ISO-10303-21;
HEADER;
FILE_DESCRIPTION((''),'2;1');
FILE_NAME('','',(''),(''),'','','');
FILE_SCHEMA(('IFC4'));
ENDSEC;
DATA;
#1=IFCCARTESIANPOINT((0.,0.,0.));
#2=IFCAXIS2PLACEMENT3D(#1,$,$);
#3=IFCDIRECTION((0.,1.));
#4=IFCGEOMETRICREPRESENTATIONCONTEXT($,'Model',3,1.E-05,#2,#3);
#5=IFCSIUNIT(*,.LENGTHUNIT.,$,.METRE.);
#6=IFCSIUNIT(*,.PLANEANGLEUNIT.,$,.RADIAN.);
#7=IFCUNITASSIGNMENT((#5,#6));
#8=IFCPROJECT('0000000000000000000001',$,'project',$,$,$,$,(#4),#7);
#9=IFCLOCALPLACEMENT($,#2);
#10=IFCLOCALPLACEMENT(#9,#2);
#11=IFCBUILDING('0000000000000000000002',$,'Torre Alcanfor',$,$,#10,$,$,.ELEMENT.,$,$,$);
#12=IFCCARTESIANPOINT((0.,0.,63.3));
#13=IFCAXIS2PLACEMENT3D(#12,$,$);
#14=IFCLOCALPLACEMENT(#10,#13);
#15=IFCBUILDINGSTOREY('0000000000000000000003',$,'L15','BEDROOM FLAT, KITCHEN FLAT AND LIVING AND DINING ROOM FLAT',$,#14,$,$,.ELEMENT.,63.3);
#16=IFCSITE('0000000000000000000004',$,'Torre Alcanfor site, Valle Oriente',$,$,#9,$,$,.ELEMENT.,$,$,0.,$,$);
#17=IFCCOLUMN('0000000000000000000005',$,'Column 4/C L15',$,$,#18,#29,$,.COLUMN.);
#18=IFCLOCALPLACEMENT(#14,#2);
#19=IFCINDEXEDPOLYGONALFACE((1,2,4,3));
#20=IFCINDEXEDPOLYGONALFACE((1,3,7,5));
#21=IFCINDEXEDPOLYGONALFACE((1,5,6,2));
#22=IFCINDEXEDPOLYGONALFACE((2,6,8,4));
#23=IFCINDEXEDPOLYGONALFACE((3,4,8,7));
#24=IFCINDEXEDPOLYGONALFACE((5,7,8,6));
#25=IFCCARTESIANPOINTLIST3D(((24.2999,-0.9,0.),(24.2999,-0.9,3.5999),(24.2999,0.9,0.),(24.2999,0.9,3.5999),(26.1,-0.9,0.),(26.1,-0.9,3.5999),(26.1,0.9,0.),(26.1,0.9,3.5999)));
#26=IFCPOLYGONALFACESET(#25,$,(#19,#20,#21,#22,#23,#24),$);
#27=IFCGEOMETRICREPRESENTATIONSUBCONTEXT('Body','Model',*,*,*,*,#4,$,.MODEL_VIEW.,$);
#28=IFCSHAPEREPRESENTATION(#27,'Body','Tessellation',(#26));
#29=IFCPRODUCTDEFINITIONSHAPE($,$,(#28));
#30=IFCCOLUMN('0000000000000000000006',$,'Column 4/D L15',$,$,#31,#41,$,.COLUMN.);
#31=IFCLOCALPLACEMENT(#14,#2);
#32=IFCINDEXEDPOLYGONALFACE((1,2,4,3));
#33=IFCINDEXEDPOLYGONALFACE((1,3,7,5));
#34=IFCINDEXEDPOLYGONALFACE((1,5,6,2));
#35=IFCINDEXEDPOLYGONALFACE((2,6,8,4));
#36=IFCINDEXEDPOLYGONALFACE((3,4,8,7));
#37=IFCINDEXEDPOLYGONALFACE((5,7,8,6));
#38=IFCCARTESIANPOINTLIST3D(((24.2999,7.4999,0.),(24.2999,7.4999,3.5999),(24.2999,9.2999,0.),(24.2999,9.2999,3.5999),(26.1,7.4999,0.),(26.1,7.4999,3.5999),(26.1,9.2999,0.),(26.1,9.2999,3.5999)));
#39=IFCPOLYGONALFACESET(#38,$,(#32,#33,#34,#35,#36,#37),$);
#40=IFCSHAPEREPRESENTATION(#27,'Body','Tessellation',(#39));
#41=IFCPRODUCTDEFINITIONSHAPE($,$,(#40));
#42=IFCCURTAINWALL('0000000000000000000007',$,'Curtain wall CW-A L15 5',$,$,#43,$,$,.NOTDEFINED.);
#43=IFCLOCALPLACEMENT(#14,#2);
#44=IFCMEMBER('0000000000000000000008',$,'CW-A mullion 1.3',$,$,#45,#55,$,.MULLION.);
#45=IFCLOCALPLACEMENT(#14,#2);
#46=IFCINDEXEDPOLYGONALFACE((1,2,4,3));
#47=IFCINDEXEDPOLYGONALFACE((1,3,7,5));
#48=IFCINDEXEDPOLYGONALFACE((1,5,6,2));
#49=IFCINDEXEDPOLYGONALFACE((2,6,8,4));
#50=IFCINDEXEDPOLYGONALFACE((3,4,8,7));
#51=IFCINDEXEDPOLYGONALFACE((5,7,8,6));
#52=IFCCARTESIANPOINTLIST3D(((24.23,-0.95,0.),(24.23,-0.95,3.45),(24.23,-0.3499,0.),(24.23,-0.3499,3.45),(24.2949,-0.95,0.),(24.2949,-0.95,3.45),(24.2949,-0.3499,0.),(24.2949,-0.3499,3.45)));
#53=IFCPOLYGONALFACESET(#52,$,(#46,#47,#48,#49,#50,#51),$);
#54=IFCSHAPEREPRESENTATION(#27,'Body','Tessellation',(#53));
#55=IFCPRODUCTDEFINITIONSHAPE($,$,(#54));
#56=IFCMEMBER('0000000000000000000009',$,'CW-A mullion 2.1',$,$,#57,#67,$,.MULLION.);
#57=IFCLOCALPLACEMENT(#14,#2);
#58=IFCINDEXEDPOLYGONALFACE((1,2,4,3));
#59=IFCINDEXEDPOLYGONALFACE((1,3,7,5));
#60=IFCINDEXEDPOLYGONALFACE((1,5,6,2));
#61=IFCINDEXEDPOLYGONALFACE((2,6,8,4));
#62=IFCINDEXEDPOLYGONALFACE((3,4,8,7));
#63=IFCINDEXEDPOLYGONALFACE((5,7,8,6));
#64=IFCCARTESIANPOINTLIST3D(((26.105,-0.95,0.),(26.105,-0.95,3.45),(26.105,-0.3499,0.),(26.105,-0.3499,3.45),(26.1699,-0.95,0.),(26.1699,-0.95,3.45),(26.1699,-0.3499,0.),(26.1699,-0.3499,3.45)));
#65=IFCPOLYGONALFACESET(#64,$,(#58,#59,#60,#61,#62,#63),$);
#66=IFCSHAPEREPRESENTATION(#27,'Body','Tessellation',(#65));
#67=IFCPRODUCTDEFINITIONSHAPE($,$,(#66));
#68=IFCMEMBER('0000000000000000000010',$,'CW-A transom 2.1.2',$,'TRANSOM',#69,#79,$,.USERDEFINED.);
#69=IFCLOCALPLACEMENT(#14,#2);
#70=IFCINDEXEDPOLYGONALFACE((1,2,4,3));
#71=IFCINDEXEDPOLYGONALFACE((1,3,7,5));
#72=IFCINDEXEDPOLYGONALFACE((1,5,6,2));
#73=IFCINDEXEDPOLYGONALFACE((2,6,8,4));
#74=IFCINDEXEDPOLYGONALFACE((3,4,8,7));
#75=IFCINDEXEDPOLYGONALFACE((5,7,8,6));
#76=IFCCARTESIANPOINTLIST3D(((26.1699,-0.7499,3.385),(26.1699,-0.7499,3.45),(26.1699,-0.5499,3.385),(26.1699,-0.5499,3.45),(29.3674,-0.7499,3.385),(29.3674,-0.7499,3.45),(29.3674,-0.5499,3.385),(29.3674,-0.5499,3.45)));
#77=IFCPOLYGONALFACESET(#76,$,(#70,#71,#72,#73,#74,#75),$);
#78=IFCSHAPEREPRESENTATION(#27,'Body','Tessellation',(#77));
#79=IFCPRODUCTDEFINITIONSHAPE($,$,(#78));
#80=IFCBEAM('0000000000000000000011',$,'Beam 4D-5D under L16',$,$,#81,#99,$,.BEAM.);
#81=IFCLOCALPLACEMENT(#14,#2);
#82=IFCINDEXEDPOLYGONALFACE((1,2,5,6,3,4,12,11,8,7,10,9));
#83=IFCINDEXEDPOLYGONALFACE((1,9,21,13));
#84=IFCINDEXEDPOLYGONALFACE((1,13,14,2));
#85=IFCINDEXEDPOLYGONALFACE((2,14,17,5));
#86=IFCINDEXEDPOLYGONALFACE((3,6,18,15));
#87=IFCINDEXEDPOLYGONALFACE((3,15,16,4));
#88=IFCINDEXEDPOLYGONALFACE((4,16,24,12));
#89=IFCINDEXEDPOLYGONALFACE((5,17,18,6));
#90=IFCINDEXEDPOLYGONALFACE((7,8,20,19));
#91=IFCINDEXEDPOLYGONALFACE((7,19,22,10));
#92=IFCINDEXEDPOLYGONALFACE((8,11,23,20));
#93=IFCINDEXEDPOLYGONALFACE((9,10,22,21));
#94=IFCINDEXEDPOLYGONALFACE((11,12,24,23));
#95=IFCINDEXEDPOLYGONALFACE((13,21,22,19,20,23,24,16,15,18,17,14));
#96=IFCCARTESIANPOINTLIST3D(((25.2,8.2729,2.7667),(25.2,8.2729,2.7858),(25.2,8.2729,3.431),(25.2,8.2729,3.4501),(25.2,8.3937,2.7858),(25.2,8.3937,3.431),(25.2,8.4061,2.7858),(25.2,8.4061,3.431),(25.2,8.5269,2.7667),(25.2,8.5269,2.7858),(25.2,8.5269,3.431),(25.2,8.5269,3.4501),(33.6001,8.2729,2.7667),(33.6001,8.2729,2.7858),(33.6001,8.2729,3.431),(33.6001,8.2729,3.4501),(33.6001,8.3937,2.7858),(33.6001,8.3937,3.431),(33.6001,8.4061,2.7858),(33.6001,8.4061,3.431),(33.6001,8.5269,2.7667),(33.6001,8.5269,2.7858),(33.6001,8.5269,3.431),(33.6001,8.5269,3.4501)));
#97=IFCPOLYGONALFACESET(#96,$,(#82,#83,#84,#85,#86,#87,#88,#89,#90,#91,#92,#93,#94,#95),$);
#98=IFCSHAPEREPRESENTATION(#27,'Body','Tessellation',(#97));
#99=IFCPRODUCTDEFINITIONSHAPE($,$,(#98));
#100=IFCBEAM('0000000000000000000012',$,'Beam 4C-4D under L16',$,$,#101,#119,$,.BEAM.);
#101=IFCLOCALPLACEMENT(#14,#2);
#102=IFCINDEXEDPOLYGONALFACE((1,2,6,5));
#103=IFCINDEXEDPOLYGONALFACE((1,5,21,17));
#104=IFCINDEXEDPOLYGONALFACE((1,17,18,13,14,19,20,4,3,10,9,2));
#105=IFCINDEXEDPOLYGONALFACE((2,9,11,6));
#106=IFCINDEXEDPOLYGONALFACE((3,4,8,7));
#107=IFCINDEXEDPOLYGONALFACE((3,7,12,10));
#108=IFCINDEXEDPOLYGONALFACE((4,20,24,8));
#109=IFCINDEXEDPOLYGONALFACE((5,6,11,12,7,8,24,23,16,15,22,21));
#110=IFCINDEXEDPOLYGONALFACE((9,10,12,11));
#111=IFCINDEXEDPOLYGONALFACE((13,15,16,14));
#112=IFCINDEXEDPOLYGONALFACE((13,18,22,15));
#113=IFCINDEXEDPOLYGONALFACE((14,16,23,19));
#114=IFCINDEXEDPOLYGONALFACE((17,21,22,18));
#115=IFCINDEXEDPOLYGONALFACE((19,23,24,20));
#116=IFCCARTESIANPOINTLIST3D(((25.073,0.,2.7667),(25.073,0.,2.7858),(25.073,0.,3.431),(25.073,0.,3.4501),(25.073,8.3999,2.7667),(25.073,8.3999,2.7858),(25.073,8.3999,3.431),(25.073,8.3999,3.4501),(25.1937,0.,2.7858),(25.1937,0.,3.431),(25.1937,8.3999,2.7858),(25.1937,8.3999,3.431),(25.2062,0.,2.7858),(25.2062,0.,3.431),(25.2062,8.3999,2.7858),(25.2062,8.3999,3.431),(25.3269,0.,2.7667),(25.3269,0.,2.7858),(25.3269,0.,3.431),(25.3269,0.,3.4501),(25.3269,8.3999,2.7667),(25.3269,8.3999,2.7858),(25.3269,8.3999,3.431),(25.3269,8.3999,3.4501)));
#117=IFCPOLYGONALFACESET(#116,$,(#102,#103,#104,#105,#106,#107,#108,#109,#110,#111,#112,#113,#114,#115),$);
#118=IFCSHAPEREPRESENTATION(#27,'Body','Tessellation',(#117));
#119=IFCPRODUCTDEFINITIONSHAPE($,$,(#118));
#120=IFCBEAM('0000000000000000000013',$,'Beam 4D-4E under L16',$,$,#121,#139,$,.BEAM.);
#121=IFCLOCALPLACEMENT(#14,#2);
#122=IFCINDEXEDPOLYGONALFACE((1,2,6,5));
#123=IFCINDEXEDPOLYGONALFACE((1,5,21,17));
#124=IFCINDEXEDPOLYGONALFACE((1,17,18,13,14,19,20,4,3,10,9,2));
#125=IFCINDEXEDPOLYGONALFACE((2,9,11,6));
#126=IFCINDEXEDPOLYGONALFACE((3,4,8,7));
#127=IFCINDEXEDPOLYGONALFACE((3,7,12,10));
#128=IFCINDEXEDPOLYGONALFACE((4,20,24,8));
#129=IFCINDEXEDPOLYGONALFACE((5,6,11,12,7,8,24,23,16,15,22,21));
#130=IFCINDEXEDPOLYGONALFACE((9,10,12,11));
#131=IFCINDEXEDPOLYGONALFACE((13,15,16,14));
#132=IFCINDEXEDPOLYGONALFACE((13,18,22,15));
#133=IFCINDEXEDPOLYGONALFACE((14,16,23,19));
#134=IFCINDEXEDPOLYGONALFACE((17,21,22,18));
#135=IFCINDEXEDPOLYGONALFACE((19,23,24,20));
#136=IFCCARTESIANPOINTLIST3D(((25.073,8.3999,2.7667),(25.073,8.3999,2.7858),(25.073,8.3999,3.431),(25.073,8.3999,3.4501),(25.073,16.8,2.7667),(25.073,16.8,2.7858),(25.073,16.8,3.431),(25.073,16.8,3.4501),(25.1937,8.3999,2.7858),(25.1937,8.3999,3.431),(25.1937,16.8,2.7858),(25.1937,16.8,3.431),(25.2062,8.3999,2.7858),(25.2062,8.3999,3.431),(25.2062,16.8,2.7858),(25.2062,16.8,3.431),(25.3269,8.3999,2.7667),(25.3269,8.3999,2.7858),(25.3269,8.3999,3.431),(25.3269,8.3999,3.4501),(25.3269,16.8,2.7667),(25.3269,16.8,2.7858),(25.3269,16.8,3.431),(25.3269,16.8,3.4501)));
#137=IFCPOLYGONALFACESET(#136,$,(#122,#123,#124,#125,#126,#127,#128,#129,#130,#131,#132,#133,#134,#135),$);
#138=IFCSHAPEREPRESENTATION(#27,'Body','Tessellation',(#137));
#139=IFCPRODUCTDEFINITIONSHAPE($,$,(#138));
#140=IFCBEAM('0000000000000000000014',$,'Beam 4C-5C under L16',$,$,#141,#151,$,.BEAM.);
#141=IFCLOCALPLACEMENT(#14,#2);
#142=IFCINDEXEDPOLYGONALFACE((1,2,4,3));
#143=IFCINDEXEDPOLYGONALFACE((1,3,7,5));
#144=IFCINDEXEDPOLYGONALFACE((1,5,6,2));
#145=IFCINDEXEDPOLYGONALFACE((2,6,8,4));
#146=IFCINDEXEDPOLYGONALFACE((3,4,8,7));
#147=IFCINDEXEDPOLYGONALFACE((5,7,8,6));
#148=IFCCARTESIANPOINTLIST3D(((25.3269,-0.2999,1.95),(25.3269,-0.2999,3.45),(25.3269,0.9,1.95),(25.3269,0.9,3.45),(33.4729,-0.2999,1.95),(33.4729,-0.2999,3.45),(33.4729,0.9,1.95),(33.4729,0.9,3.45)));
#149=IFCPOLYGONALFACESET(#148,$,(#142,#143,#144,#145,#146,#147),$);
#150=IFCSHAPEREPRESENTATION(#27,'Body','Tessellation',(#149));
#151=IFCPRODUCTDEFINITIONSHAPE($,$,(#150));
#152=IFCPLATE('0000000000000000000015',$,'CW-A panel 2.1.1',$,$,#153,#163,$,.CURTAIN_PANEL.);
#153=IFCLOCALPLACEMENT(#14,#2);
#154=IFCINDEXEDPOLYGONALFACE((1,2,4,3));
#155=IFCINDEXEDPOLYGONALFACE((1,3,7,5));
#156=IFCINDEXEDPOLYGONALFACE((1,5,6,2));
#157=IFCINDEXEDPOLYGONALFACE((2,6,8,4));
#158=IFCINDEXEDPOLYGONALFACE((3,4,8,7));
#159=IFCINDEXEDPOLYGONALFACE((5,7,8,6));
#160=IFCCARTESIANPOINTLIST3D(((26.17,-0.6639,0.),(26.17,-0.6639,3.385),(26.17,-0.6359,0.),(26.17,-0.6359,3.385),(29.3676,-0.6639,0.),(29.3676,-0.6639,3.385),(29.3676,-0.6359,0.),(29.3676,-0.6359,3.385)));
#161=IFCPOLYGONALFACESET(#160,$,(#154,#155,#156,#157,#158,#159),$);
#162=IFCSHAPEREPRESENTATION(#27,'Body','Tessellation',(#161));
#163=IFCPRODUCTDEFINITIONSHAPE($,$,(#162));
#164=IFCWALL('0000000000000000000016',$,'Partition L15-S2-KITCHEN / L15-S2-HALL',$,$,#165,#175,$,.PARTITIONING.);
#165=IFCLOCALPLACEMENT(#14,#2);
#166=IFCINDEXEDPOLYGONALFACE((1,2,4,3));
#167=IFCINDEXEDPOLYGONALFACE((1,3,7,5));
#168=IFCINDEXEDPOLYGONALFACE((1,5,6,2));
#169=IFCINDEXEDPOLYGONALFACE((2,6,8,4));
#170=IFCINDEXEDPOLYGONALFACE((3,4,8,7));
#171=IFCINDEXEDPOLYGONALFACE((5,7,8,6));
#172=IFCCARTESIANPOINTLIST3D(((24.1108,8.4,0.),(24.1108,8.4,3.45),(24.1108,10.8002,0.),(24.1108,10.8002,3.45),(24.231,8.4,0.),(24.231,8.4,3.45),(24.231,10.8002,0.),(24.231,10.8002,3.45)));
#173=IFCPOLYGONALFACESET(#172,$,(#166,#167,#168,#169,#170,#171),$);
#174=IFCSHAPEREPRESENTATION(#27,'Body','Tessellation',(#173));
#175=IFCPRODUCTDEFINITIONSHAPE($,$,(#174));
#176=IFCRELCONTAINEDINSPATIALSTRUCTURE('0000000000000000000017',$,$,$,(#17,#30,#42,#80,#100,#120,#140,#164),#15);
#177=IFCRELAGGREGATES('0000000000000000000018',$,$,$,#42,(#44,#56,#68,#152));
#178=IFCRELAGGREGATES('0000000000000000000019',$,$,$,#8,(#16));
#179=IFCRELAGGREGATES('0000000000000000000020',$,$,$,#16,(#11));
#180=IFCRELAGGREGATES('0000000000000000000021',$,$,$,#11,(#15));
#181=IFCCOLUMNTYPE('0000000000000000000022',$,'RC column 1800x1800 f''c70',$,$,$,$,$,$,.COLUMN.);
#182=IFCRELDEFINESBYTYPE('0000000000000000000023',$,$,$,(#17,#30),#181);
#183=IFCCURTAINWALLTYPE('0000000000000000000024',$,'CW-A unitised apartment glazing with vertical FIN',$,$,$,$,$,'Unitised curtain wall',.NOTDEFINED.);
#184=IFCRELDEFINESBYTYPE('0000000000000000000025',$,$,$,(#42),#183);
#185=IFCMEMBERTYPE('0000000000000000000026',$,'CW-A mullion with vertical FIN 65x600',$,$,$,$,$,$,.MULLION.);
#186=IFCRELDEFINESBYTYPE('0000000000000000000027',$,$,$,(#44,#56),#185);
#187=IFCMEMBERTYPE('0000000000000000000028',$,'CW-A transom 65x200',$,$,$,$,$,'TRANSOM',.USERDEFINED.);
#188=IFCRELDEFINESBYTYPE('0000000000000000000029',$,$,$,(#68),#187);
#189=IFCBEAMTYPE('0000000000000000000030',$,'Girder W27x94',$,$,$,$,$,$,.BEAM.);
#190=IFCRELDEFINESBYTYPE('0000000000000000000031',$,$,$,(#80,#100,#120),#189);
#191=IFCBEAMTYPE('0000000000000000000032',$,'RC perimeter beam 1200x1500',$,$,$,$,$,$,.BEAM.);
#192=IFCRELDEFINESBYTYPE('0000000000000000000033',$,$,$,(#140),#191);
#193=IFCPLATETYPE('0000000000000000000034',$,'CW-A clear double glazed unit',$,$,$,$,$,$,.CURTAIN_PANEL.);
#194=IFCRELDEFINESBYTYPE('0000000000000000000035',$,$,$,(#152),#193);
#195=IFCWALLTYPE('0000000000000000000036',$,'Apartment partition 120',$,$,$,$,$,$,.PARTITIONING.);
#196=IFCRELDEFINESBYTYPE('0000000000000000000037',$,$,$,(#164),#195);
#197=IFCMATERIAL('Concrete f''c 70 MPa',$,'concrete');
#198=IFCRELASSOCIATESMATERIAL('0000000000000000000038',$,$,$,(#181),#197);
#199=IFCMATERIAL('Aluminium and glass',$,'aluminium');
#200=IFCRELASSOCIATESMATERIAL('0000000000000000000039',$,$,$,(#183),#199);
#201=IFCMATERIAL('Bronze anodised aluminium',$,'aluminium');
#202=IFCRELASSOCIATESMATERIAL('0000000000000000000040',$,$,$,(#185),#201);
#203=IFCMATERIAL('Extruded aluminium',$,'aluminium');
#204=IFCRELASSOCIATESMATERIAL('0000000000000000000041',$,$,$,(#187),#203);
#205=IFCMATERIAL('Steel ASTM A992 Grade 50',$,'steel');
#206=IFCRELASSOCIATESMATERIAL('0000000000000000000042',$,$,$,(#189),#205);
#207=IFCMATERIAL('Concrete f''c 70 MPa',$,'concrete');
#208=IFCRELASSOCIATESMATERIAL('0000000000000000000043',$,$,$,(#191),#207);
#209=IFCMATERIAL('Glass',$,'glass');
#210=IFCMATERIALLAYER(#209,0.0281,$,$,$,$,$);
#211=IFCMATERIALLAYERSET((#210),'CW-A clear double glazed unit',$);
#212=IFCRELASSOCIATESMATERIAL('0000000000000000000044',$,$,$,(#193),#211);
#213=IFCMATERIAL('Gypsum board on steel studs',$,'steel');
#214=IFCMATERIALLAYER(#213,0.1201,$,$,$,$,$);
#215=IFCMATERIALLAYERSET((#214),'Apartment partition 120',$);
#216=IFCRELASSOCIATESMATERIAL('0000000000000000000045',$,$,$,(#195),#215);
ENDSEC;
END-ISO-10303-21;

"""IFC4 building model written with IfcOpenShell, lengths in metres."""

from ifc_helpers import new_model, si_unit, direction, frame, frame_2d, origin, origin_2d, place, context, subcontext, project, spatial, rectangle, i_section, extrude, material, layer, layer_set, material_profile, profile_set, type_object, element, aggregate, save


model = new_model("IFC4")

# Units and contexts
model_context = context("Model", 3, precision=1e-05, world=origin(), true_north=direction((0.0, 1.0)))
body_context = subcontext(model_context, "Body", "Model", "MODEL_VIEW")
ifc_project = project(units=[si_unit("LENGTHUNIT", "METRE"), si_unit("PLANEANGLEUNIT", "RADIAN")], contexts=[model_context])

# Site, building, storey
site_placement = place(None, origin())
site = spatial("IfcSite", under=ifc_project, at=site_placement, Name="Torre Alcanfor site, Valle Oriente", CompositionType="ELEMENT", RefElevation=0.0)
building_placement = place(site_placement, origin())
building = spatial("IfcBuilding", under=site, at=building_placement, Name="Torre Alcanfor", CompositionType="ELEMENT")
storey_placement = place(building_placement, frame((0.0, 0.0, 63.3)))
storey = spatial("IfcBuildingStorey", under=building, at=storey_placement, Name="L15", Description="BEDROOM FLAT, KITCHEN FLAT AND LIVING AND DINING ROOM FLAT", CompositionType="ELEMENT", Elevation=63.3)

# Columns
ifc_material_1 = material(Name="Concrete f'c 70 MPa", Category="concrete")
ifc_material_profile_1 = material_profile(ifc_material_1, rectangle(XDim=1.8, YDim=1.8, at=origin_2d()), Name="1800x1800")
ifc_profile_set_1 = profile_set([ifc_material_profile_1], Name="Concrete f'c 70 MPa")
column_type = type_object("IfcColumnType", Name="RC column 1800x1800 f'c70", PredefinedType="COLUMN", material=ifc_profile_set_1)
for number, where, z_axis, x_axis, name in (
    (1, (25.2, 0.0, 0.0), (0.0, 0.0, 1.0), (1.0, 0.0, 0.0), "Column 4/C L15"),
    (2, (25.2, 8.3999, 0.0), (0.0, 0.0, 1.0), (1.0, 0.0, 0.0), "Column 4/D L15"),
):
    element("IfcColumn", number, at=place(storey_placement, frame(where, z_axis=z_axis, x_axis=x_axis)), inside=storey, type_object=column_type, Name=name, PredefinedType="COLUMN", context=body_context, shape_type="SweptSolid", body=[
        extrude(rectangle(XDim=1.8, YDim=1.8, at=origin_2d()), origin(), (0.0, 0.0, 1.0), 3.5999),
    ])

# Curtain wall, members
ifc_material_2 = material(Name="Aluminium and glass", Category="aluminium")
curtain_wall_type = type_object("IfcCurtainWallType", Name="CW-A unitised apartment glazing with vertical FIN", ElementType="Unitised curtain wall", PredefinedType="NOTDEFINED", material=ifc_material_2)
curtain_wall_placement = place(storey_placement, origin())
curtain_wall = element("IfcCurtainWall", 3, at=curtain_wall_placement, inside=storey, type_object=curtain_wall_type, Name="Curtain wall CW-A L15 5", PredefinedType="NOTDEFINED")
ifc_material_3 = material(Name="Bronze anodised aluminium", Category="aluminium")
ifc_material_profile_2 = material_profile(ifc_material_3, rectangle(XDim=0.6001, YDim=0.0649, at=origin_2d()), Name="CW-A mullion 65x600")
ifc_profile_set_2 = profile_set([ifc_material_profile_2], Name="Bronze anodised aluminium")
member_type_1 = type_object("IfcMemberType", Name="CW-A mullion with vertical FIN 65x600", PredefinedType="MULLION", material=ifc_profile_set_2)
member_1_placement = place(storey_placement, frame((24.2625, -0.6499, 0.0), z_axis=(0.0, 0.0, 1.0), x_axis=(0.0, 1.0, 0.0)))
member_1 = element("IfcMember", 4, at=member_1_placement, type_object=member_type_1, Name="CW-A mullion 1.3", PredefinedType="MULLION", context=body_context, shape_type="SweptSolid", body=[
    extrude(rectangle(XDim=0.6001, YDim=0.0649, at=origin_2d()), origin(), (0.0, 0.0, 1.0), 3.45),
])
member_2_placement = place(storey_placement, frame((26.1375, -0.6499, 0.0), z_axis=(0.0, 0.0, 1.0), x_axis=(0.0, 1.0, 0.0)))
member_2 = element("IfcMember", 5, at=member_2_placement, type_object=member_type_1, Name="CW-A mullion 2.1", PredefinedType="MULLION", context=body_context, shape_type="SweptSolid", body=[
    extrude(rectangle(XDim=0.6001, YDim=0.0649, at=origin_2d()), origin(), (0.0, 0.0, 1.0), 3.45),
])
ifc_material_4 = material(Name="Extruded aluminium", Category="aluminium")
ifc_material_profile_3 = material_profile(ifc_material_4, rectangle(XDim=0.2, YDim=0.0649, at=origin_2d()), Name="CW-A transom 200x65")
ifc_profile_set_3 = profile_set([ifc_material_profile_3], Name="Extruded aluminium")
member_type_2 = type_object("IfcMemberType", Name="CW-A transom 65x200", ElementType="TRANSOM", PredefinedType="USERDEFINED", material=ifc_profile_set_3)
member_3_placement = place(storey_placement, frame((26.1699, -0.6499, 3.4175), z_axis=(1.0, 0.0, 0.0), x_axis=(0.0, 1.0, 0.0)))
member_3 = element("IfcMember", 6, at=member_3_placement, type_object=member_type_2, Name="CW-A transom 2.1.2", ObjectType="TRANSOM", PredefinedType="USERDEFINED", context=body_context, shape_type="SweptSolid", body=[
    extrude(rectangle(XDim=0.2, YDim=0.0649, at=origin_2d()), origin(), (0.0, 0.0, 1.0), 3.1975),
])

# Beams
ifc_material_5 = material(Name="Steel ASTM A992 Grade 50", Category="steel")
ifc_material_profile_4 = material_profile(ifc_material_5, i_section(OverallWidth=0.2539, OverallDepth=0.6833, WebThickness=0.0125, FlangeThickness=0.019, at=origin_2d()), Name="W27x94")
ifc_profile_set_4 = profile_set([ifc_material_profile_4], Name="Steel ASTM A992 Grade 50")
beam_type_1 = type_object("IfcBeamType", Name="Girder W27x94", PredefinedType="BEAM", material=ifc_profile_set_4)
beam_1_placement = place(storey_placement, frame((25.2, 8.3999, 3.1084), z_axis=(1.0, 0.0, 0.0), x_axis=(0.0, 1.0, 0.0)))
element("IfcBeam", 7, at=beam_1_placement, inside=storey, type_object=beam_type_1, Name="Beam 4D-5D under L16", PredefinedType="BEAM", context=body_context, shape_type="SweptSolid", body=[
    extrude(i_section(OverallWidth=0.2539, OverallDepth=0.6833, WebThickness=0.0125, FlangeThickness=0.019, at=origin_2d()), origin(), (0.0, 0.0, 1.0), 8.4001),
])
beam_2_placement = place(storey_placement, frame((25.2, 0.0, 3.1084), z_axis=(0.0, 1.0, 0.0), x_axis=(-1.0, 0.0, 0.0)))
element("IfcBeam", 8, at=beam_2_placement, inside=storey, type_object=beam_type_1, Name="Beam 4C-4D under L16", PredefinedType="BEAM", context=body_context, shape_type="SweptSolid", body=[
    extrude(i_section(OverallWidth=0.2539, OverallDepth=0.6833, WebThickness=0.0125, FlangeThickness=0.019, at=origin_2d()), origin(), (0.0, 0.0, 1.0), 8.3999),
])
beam_3_placement = place(storey_placement, frame((25.2, 8.3999, 3.1084), z_axis=(0.0, 1.0, 0.0), x_axis=(-1.0, 0.0, 0.0)))
element("IfcBeam", 9, at=beam_3_placement, inside=storey, type_object=beam_type_1, Name="Beam 4D-4E under L16", PredefinedType="BEAM", context=body_context, shape_type="SweptSolid", body=[
    extrude(i_section(OverallWidth=0.2539, OverallDepth=0.6833, WebThickness=0.0125, FlangeThickness=0.019, at=origin_2d()), origin(), (0.0, 0.0, 1.0), 8.4001),
])
ifc_material_6 = material(Name="Concrete f'c 70 MPa", Category="concrete")
ifc_material_profile_5 = material_profile(ifc_material_6, rectangle(XDim=1.2, YDim=1.5, at=origin_2d()), Name="1200x1500")
ifc_profile_set_5 = profile_set([ifc_material_profile_5], Name="Concrete f'c 70 MPa")
beam_type_2 = type_object("IfcBeamType", Name="RC perimeter beam 1200x1500", PredefinedType="BEAM", material=ifc_profile_set_5)
beam_4_placement = place(storey_placement, frame((25.3269, 0.3, 2.7), z_axis=(1.0, 0.0, 0.0), x_axis=(0.0, 1.0, 0.0)))
element("IfcBeam", 10, at=beam_4_placement, inside=storey, type_object=beam_type_2, Name="Beam 4C-5C under L16", PredefinedType="BEAM", context=body_context, shape_type="SweptSolid", body=[
    extrude(rectangle(XDim=1.2, YDim=1.5, at=origin_2d()), origin(), (0.0, 0.0, 1.0), 8.146),
])

# Plate
ifc_material_7 = material(Name="Glass", Category="glass")
ifc_layer_1 = layer(ifc_material_7, 0.0281)
ifc_layer_set_1 = layer_set([ifc_layer_1], Name="CW-A clear double glazed unit")
plate_type = type_object("IfcPlateType", Name="CW-A clear double glazed unit", PredefinedType="CURTAIN_PANEL", material=ifc_layer_set_1)
plate_placement = place(storey_placement, frame((27.7688, -0.6499, 0.0), z_axis=(0.0, 0.0, 1.0), x_axis=(1.0, 0.0, 0.0)))
plate = element("IfcPlate", 11, at=plate_placement, type_object=plate_type, Name="CW-A panel 2.1.1", PredefinedType="CURTAIN_PANEL", context=body_context, shape_type="SweptSolid", body=[
    extrude(rectangle(XDim=3.1975, YDim=0.0281, at=origin_2d()), origin(), (0.0, 0.0, 1.0), 3.385),
])
aggregate(curtain_wall, [member_1, member_2, member_3, plate])

# Wall
ifc_material_8 = material(Name="Gypsum board on steel studs", Category="steel")
ifc_layer_2 = layer(ifc_material_8, 0.1201)
ifc_layer_set_2 = layer_set([ifc_layer_2], Name="Apartment partition 120")
wall_type = type_object("IfcWallType", Name="Apartment partition 120", PredefinedType="PARTITIONING", material=ifc_layer_set_2)
wall_1_placement = place(storey_placement, frame((24.1709, 8.3999, 0.0), z_axis=(0.0, 0.0, 1.0), x_axis=(0.0, 1.0, 0.0)))
element("IfcWall", 12, at=wall_1_placement, inside=storey, type_object=wall_type, Name="Partition L15-S2-KITCHEN / L15-S2-HALL", PredefinedType="PARTITIONING", context=body_context, shape_type="SweptSolid", body=[
    extrude(rectangle(XDim=2.4001, YDim=0.1201, at=frame_2d((1.2002, 0.0))), origin(), (0.0, 0.0, 1.0), 3.45),
])

save(model, "model.ifc")
